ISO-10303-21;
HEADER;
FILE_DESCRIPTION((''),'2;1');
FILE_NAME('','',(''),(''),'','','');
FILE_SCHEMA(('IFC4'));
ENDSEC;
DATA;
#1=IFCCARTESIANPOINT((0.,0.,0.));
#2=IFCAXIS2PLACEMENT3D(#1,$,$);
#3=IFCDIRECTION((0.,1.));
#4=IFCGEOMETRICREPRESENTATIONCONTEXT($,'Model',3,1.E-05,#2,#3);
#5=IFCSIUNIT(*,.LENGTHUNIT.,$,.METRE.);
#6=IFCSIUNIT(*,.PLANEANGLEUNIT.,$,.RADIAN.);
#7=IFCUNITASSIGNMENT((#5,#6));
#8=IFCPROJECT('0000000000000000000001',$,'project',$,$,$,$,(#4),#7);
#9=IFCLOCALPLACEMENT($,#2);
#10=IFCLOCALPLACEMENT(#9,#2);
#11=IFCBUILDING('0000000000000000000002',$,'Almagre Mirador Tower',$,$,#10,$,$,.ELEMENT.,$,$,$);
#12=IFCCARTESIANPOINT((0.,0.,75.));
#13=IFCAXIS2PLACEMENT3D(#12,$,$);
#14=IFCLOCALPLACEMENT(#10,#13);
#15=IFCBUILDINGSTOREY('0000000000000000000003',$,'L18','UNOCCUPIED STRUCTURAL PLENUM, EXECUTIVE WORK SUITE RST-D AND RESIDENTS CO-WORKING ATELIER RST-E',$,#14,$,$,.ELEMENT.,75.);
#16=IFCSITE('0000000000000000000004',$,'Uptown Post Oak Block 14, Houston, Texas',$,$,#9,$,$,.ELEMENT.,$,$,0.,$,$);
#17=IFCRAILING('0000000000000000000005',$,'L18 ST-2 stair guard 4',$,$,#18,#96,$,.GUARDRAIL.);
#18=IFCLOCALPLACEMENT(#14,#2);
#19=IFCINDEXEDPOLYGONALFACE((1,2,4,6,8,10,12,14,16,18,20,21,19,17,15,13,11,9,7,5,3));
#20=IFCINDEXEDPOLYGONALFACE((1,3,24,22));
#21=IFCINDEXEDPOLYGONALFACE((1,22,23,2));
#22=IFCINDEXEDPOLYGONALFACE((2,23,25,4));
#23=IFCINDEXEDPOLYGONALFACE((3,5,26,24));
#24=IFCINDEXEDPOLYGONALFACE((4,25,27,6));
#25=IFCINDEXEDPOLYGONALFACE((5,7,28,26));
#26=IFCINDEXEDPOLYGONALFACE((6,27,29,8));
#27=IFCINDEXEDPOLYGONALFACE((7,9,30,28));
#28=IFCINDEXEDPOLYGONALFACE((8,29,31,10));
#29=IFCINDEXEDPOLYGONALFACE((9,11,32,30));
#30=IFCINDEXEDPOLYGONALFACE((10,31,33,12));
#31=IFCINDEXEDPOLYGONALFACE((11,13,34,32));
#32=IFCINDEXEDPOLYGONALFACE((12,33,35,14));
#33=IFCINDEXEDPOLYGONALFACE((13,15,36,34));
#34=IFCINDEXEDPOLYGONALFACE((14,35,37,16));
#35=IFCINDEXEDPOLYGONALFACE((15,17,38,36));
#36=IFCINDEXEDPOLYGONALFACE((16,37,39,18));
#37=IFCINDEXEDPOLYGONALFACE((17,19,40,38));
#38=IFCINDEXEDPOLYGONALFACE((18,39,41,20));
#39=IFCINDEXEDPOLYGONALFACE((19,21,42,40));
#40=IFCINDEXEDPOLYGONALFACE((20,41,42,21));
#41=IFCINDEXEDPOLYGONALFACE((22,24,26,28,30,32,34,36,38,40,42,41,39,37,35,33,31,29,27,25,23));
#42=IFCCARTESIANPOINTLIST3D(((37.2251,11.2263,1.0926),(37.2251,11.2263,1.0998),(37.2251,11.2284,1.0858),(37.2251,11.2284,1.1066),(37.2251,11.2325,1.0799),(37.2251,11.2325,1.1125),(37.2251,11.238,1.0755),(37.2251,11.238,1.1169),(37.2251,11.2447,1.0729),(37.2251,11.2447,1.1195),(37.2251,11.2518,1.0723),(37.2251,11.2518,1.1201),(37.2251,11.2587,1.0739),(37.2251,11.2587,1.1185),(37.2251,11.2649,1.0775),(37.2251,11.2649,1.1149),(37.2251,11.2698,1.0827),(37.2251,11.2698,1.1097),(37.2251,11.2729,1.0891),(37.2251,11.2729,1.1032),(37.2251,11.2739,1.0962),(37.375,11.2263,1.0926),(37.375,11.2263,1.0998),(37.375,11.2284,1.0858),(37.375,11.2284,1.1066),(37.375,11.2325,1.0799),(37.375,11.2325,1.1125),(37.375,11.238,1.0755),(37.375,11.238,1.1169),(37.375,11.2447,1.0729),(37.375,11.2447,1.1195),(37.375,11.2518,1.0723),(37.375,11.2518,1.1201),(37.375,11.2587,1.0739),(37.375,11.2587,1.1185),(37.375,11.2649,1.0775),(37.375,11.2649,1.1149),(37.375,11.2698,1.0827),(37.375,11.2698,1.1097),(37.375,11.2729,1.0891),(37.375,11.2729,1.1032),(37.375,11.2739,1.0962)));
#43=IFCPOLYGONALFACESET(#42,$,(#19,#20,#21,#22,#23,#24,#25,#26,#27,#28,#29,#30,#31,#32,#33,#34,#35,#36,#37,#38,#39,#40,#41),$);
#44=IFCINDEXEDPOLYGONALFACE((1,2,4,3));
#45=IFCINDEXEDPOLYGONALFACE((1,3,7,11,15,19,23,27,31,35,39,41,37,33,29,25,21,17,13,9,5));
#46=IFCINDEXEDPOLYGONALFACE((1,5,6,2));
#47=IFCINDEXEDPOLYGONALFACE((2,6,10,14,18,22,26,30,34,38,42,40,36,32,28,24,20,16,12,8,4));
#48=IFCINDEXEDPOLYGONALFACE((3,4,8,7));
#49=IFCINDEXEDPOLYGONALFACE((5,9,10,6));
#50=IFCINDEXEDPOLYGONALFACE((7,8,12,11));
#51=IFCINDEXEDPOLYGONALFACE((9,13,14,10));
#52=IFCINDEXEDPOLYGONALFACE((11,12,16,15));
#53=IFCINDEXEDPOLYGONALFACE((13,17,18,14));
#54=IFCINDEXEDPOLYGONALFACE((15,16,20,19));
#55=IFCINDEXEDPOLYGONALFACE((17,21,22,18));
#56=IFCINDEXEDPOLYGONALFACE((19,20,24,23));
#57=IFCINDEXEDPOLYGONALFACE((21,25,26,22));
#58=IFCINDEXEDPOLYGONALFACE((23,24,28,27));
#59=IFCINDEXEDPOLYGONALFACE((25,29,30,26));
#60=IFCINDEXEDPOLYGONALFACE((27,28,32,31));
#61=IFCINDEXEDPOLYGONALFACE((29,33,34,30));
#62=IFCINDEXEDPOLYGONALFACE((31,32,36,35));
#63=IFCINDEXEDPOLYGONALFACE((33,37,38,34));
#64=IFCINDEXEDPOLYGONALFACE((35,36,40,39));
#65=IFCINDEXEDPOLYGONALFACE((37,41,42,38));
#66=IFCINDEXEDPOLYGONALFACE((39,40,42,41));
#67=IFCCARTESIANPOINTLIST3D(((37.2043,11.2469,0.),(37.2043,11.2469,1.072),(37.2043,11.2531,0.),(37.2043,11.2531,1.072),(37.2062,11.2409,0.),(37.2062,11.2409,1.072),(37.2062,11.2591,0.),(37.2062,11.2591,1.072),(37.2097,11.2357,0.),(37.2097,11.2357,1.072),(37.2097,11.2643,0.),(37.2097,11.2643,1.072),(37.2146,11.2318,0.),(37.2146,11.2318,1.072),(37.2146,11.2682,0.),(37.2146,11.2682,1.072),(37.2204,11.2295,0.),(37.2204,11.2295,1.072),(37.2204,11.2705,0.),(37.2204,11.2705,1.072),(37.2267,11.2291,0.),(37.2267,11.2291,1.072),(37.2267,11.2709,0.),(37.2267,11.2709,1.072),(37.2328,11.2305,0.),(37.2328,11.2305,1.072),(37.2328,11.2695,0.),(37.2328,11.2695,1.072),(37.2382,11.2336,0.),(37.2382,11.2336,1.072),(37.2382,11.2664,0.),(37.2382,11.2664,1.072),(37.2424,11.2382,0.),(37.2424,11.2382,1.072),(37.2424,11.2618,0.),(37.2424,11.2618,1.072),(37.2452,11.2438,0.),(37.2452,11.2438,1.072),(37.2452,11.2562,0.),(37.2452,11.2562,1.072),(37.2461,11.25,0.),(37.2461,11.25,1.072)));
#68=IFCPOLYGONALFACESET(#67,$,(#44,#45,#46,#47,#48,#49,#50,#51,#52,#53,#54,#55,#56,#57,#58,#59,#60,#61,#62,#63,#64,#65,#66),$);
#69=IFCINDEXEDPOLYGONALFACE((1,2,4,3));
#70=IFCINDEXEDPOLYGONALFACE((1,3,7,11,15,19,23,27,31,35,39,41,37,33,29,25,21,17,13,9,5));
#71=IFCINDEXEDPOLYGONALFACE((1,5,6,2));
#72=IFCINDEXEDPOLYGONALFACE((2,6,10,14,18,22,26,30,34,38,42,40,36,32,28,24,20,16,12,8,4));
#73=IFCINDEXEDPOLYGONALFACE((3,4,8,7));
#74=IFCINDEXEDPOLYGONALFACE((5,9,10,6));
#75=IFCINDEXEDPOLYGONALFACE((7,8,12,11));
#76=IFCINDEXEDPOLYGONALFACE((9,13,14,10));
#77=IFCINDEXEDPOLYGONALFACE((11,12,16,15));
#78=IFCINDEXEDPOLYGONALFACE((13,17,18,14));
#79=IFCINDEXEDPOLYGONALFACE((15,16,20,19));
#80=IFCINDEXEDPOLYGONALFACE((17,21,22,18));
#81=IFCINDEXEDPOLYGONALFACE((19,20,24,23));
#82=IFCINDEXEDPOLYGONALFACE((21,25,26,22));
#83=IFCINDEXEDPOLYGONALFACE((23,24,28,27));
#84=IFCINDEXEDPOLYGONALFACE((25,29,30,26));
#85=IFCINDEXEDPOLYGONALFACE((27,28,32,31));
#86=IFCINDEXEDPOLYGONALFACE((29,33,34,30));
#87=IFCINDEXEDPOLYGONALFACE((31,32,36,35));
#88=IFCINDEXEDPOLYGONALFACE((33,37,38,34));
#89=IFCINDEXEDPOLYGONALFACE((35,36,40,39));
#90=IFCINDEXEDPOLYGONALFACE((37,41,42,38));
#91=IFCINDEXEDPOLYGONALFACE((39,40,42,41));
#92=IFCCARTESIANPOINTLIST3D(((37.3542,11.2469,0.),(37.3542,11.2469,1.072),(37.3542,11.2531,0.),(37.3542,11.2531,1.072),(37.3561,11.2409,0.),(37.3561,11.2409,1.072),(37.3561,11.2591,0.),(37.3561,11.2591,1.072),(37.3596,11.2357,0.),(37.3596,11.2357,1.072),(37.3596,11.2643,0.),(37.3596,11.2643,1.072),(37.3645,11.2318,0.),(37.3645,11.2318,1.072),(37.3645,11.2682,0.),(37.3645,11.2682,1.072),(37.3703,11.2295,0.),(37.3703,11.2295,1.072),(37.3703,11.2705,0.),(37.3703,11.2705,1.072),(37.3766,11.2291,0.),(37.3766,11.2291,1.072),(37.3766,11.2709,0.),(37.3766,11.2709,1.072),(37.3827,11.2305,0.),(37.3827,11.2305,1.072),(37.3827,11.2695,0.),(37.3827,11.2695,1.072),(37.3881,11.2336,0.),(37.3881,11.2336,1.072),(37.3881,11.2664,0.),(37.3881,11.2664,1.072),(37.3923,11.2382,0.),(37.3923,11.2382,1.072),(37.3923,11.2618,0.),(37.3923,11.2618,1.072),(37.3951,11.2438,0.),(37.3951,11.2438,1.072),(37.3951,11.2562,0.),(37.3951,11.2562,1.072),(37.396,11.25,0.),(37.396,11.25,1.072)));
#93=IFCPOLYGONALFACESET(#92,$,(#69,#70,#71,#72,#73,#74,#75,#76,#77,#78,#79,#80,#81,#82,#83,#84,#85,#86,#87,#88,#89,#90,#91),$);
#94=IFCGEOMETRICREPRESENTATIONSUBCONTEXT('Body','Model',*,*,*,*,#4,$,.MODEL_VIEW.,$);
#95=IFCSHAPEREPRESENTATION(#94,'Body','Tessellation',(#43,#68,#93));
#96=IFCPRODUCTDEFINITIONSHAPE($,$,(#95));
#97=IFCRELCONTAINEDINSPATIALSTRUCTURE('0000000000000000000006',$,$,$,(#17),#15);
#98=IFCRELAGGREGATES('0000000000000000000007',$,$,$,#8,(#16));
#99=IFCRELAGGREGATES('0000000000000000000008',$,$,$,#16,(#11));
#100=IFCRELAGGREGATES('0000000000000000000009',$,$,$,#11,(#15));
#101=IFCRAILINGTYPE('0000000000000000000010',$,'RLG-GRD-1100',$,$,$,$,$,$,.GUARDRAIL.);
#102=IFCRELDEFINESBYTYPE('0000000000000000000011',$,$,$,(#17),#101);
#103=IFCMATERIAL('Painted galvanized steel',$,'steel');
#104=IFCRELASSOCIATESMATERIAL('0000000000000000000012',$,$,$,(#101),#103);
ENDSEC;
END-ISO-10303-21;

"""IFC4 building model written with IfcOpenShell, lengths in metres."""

from ifc_helpers import new_model, si_unit, direction, frame, origin, origin_2d, place, context, subcontext, project, spatial, circle, extrude, material, type_object, element, save


model = new_model("IFC4")

# Units and contexts
model_context = context("Model", 3, precision=1e-05, world=origin(), true_north=direction((0.0, 1.0)))
body_context = subcontext(model_context, "Body", "Model", "MODEL_VIEW")
ifc_project = project(units=[si_unit("LENGTHUNIT", "METRE"), si_unit("PLANEANGLEUNIT", "RADIAN")], contexts=[model_context])

# Site, building, storey
site_placement = place(None, origin())
site = spatial("IfcSite", under=ifc_project, at=site_placement, Name="Uptown Post Oak Block 14, Houston, Texas", CompositionType="ELEMENT", RefElevation=0.0)
building_placement = place(site_placement, origin())
building = spatial("IfcBuilding", under=site, at=building_placement, Name="Almagre Mirador Tower", CompositionType="ELEMENT")
storey_placement = place(building_placement, frame((0.0, 0.0, 75.0)))
storey = spatial("IfcBuildingStorey", under=building, at=storey_placement, Name="L18", Description="UNOCCUPIED STRUCTURAL PLENUM, EXECUTIVE WORK SUITE RST-D AND RESIDENTS CO-WORKING ATELIER RST-E", CompositionType="ELEMENT", Elevation=75.0)

# Railing
ifc_material_1 = material(Name="Painted galvanized steel", Category="steel")
railing_type_1 = type_object("IfcRailingType", Name="RLG-GRD-1100", PredefinedType="GUARDRAIL", material=ifc_material_1)
railing_1_placement = place(storey_placement, frame((37.2251, 11.25, 0.0)))
element("IfcRailing", 1, at=railing_1_placement, inside=storey, type_object=railing_type_1, Name="L18 ST-2 stair guard 4", PredefinedType="GUARDRAIL", context=body_context, shape_type="SweptSolid", body=[
    extrude(circle(Radius=0.0239, at=origin_2d()), frame((0.0, 0.0, 1.0962), z_axis=(1.0, 0.0, 0.0), x_axis=(0.0, 1.0, 0.0)), (0.0, 0.0, 1.0), 0.1499),
    extrude(circle(Radius=0.021, at=origin_2d()), origin(), (0.0, 0.0, 1.0), 1.072),
    extrude(circle(Radius=0.021, at=origin_2d()), frame((0.1499, 0.0, 0.0)), (0.0, 0.0, 1.0), 1.072),
])

save(model, "model.ifc")
